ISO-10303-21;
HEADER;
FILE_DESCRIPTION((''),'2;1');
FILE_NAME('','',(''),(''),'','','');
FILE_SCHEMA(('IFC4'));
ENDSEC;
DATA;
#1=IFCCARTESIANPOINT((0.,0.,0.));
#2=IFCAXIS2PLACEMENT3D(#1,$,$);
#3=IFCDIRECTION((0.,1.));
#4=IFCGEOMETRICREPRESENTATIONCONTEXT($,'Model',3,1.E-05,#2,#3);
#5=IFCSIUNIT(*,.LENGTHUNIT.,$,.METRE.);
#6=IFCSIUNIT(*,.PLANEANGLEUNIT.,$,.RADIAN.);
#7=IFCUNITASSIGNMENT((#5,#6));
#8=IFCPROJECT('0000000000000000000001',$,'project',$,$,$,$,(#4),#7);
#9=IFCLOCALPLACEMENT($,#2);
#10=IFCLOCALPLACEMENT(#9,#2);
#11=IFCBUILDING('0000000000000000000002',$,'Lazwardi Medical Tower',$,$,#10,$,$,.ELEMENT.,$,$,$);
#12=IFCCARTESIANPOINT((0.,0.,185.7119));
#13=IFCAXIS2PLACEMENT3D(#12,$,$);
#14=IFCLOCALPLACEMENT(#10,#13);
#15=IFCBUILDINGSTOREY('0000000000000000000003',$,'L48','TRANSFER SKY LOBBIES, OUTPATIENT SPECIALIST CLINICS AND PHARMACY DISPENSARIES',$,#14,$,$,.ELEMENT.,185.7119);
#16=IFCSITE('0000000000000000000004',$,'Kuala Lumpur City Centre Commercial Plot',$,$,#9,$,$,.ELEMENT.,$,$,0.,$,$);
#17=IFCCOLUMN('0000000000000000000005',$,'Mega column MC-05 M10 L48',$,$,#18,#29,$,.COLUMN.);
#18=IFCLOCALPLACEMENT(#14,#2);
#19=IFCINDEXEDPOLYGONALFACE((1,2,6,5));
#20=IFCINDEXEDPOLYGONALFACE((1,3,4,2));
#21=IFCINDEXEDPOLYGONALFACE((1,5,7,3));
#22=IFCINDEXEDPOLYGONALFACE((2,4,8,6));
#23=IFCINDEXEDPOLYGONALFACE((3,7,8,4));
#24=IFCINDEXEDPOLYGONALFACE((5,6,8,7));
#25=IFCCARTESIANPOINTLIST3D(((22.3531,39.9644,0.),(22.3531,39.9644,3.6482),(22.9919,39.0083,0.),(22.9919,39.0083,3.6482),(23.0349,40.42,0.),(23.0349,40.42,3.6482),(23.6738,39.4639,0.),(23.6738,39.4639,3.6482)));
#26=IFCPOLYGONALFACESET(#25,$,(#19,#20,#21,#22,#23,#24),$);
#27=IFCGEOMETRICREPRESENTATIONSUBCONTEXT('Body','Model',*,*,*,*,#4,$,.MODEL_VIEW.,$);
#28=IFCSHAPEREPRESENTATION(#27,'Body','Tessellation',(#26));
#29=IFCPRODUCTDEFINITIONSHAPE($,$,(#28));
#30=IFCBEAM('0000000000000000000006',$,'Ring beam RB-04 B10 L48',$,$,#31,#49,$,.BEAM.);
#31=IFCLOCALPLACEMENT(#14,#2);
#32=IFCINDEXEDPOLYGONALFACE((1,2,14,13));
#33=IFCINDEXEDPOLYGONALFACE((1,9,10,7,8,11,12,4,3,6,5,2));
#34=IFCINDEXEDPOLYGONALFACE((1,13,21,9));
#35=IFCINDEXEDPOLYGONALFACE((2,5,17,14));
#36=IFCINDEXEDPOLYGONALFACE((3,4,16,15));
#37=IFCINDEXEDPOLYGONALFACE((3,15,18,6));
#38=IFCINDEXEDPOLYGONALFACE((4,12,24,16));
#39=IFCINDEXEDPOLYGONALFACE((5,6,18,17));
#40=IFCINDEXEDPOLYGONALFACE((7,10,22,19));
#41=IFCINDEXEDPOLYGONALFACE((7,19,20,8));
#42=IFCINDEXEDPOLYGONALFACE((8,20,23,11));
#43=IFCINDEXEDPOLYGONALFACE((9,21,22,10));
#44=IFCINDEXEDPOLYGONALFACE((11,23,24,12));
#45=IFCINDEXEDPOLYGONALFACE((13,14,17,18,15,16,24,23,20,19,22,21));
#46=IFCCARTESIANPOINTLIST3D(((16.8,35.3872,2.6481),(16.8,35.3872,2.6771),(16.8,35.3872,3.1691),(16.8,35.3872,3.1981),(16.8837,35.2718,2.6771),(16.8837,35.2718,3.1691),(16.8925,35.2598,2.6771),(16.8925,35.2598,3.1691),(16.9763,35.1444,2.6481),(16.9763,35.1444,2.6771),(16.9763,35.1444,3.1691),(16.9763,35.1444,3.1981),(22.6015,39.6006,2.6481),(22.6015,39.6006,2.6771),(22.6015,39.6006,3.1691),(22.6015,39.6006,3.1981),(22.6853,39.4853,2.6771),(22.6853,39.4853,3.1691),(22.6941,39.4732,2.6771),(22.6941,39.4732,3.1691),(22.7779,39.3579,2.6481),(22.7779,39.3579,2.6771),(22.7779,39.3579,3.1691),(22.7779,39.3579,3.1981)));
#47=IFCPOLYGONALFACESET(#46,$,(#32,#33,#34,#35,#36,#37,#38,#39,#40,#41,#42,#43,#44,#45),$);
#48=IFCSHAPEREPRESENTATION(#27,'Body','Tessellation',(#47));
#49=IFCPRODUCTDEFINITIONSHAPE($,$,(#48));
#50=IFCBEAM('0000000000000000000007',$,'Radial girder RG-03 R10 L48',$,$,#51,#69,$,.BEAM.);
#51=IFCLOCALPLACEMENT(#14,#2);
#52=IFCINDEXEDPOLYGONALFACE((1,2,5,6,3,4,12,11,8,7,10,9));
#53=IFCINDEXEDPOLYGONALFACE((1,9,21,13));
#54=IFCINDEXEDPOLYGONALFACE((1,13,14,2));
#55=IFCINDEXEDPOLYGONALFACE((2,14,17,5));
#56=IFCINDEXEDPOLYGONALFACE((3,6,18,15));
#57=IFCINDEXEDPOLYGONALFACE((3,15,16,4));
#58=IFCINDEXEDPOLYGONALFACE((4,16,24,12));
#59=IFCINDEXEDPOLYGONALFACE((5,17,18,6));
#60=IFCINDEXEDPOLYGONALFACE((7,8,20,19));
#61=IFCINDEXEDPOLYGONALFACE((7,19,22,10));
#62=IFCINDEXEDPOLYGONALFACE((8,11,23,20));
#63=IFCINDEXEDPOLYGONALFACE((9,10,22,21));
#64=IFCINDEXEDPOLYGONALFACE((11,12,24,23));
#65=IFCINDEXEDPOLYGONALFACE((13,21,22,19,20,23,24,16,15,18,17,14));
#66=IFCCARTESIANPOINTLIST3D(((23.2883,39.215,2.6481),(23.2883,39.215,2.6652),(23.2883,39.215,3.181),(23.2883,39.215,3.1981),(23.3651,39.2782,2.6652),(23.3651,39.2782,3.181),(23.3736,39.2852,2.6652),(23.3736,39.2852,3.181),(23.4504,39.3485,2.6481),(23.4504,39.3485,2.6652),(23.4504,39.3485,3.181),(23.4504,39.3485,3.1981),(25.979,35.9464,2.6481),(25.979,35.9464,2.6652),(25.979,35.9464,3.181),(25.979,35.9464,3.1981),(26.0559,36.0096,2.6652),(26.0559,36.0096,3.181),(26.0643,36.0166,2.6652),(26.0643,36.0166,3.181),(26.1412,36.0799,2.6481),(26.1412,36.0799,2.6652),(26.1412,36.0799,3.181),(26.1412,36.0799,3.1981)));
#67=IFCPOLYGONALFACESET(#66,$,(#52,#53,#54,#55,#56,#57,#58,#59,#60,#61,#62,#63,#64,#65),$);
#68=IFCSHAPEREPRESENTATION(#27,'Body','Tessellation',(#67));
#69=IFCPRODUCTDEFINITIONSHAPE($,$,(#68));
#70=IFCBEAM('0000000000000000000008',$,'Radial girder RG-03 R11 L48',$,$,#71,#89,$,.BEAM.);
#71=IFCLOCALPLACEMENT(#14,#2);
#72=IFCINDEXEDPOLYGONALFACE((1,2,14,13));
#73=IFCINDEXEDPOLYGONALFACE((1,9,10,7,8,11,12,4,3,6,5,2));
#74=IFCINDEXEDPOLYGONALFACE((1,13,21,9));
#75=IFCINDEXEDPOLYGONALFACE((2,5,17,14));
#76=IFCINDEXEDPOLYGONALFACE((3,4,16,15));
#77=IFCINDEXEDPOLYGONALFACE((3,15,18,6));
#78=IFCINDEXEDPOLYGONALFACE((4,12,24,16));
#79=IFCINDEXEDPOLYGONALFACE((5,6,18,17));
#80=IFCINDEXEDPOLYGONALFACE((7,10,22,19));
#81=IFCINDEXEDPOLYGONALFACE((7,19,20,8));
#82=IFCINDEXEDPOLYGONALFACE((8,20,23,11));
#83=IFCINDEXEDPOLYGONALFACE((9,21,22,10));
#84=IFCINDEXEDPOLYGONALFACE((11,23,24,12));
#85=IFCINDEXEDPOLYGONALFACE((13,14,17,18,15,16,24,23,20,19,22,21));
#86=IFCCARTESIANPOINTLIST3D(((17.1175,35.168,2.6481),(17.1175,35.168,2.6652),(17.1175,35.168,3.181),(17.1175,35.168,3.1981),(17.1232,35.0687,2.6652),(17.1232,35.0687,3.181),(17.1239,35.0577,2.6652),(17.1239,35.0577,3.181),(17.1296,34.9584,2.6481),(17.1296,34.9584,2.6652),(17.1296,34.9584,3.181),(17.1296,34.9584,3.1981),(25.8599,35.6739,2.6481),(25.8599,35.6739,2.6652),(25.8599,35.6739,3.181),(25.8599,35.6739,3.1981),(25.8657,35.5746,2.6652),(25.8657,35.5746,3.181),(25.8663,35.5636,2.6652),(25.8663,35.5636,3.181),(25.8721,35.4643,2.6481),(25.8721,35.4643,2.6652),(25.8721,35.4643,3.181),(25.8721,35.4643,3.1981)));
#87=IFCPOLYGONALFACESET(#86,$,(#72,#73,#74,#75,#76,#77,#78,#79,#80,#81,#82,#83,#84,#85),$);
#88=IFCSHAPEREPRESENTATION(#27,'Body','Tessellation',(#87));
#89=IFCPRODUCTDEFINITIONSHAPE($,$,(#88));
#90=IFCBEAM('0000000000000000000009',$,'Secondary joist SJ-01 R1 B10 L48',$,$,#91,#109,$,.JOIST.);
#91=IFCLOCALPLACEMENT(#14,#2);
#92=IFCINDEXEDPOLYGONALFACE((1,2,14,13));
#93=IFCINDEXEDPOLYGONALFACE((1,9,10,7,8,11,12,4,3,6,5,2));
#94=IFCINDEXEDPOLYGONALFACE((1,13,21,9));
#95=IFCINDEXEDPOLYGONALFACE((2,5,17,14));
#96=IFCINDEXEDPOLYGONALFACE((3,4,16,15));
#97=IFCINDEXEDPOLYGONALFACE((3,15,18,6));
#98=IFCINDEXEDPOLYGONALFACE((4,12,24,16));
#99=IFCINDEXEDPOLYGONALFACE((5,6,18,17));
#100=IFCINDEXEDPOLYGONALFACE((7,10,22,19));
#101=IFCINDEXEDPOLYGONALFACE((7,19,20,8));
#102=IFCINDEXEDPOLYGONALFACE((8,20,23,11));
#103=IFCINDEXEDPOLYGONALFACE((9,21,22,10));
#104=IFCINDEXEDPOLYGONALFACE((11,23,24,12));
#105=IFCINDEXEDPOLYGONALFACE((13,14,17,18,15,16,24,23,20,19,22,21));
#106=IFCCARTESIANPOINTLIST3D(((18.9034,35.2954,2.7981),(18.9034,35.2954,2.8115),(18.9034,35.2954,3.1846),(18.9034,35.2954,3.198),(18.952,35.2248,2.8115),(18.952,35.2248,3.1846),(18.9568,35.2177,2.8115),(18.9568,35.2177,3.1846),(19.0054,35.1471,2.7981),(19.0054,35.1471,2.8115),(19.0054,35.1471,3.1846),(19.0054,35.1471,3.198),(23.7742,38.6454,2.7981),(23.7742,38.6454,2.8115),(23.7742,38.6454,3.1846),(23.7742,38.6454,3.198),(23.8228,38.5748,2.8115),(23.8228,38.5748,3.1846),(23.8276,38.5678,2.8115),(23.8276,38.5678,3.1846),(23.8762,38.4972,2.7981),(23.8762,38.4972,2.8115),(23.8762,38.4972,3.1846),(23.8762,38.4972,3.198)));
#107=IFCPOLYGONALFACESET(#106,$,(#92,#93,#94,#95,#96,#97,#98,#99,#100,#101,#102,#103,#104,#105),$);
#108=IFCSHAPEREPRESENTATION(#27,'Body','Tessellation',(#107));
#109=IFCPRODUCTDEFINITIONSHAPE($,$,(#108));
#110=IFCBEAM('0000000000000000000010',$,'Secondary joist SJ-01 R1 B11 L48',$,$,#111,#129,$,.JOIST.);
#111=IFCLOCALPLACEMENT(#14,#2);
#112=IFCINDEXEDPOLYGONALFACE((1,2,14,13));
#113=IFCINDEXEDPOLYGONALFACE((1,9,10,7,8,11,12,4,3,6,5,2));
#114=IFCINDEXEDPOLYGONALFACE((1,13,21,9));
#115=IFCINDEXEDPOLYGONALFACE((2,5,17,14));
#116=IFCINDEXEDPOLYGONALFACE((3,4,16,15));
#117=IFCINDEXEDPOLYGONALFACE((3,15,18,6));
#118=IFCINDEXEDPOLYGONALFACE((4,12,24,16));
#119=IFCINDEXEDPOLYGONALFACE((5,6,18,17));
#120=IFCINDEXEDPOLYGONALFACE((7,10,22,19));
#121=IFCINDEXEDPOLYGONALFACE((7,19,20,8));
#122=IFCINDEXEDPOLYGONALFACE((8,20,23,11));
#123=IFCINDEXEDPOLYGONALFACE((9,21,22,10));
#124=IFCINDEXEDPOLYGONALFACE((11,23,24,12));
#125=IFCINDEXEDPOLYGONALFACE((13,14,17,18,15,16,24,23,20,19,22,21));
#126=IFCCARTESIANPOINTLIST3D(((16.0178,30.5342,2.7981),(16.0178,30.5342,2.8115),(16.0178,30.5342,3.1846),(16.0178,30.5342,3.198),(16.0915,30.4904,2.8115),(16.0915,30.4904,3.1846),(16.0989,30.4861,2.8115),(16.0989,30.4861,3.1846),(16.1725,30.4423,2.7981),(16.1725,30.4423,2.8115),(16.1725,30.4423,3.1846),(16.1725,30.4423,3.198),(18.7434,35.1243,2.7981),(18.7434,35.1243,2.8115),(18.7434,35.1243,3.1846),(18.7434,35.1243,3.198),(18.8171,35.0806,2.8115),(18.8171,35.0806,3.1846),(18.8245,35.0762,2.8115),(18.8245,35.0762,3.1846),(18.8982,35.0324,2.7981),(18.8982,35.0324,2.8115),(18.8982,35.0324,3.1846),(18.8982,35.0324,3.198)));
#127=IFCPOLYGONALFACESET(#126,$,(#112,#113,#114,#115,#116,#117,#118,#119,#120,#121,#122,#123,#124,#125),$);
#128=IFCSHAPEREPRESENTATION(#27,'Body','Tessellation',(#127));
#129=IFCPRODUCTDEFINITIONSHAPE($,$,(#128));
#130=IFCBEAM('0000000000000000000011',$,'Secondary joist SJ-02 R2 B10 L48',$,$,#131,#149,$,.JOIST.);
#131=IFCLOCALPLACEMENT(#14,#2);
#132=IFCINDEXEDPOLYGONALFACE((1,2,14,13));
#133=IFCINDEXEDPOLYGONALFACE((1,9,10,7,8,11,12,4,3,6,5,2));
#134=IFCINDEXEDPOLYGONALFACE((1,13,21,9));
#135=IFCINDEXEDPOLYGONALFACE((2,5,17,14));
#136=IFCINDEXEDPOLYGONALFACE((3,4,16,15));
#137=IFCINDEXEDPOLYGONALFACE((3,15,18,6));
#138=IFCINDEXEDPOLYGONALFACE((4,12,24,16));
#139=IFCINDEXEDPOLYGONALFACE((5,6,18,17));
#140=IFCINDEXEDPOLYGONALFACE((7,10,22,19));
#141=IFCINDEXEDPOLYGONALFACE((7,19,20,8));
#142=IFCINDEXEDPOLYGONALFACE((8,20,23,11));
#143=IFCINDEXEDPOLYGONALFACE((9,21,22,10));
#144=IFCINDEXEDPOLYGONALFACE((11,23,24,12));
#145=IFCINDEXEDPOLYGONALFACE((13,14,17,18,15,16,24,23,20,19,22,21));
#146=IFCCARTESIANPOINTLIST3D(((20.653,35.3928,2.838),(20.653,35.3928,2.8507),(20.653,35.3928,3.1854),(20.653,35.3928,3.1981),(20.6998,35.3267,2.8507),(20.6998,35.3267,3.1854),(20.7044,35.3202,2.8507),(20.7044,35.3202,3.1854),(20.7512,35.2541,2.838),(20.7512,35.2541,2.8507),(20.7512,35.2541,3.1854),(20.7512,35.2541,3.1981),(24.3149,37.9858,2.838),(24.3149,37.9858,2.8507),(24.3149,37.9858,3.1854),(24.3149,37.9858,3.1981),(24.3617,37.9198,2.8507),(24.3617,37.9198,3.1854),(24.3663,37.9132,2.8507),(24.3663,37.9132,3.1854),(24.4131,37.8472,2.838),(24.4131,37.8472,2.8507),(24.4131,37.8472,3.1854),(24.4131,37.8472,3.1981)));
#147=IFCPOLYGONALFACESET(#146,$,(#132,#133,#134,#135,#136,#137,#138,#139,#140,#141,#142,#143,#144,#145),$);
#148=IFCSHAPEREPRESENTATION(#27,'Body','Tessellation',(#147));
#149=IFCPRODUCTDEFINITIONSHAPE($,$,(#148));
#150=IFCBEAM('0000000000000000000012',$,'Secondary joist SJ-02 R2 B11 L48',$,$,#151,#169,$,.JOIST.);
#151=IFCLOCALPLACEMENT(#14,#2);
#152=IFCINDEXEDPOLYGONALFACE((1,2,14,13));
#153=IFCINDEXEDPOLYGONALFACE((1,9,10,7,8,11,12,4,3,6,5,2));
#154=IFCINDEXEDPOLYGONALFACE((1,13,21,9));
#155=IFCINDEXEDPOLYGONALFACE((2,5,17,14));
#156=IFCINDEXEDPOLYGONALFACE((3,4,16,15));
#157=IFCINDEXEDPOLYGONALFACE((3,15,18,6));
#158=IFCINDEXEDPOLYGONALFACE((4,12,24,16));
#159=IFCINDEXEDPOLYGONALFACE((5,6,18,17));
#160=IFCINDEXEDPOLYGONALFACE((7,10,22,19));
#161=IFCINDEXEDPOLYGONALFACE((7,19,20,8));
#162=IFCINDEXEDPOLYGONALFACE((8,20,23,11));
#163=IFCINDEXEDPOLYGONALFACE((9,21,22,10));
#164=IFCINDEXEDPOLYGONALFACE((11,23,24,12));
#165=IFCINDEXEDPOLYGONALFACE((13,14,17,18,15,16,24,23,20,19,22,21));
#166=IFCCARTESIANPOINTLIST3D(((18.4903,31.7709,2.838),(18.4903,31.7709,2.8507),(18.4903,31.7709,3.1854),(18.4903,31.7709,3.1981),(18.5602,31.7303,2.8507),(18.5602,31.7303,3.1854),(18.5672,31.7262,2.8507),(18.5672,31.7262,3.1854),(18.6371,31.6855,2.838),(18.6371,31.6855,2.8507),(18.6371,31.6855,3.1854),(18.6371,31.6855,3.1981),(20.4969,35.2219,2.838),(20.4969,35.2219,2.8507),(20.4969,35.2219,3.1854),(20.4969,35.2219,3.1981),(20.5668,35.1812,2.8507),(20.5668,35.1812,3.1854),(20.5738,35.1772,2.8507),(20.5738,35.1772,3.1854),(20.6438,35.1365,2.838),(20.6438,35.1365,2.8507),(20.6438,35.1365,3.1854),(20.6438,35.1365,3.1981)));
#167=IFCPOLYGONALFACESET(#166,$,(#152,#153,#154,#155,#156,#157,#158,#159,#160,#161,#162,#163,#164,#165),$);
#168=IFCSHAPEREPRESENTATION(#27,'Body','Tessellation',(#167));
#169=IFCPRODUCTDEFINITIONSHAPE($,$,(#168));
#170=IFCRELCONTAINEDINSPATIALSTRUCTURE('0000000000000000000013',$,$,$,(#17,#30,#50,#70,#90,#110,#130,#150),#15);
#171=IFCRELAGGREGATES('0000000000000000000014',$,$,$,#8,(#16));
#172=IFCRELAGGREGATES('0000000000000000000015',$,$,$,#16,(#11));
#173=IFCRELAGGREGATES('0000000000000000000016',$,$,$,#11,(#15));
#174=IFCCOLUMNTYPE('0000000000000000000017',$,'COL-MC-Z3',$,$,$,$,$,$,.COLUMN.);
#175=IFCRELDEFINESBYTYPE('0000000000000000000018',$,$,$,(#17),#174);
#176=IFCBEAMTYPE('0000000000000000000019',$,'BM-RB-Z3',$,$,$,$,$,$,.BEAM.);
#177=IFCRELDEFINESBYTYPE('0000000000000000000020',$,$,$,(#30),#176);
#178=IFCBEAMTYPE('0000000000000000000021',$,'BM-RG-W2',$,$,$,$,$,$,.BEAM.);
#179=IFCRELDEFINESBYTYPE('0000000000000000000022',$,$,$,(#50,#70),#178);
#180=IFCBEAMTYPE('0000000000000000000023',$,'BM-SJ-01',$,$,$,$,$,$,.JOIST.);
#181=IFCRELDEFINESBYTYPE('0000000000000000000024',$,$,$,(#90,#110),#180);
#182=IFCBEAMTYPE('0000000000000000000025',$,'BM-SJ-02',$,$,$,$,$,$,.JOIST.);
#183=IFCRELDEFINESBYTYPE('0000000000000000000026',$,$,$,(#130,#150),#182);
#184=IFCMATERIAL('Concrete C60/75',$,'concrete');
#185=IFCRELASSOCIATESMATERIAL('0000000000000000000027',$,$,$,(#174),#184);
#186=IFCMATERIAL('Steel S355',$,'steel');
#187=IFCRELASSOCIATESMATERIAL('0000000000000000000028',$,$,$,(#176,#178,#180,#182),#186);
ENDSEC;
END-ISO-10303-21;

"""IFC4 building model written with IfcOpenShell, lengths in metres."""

from ifc_helpers import new_model, si_unit, direction, frame, origin, origin_2d, place, context, subcontext, project, spatial, rectangle, i_section, extrude, material, material_profile, profile_set, type_object, element, save


model = new_model("IFC4")

# Units and contexts
model_context = context("Model", 3, precision=1e-05, world=origin(), true_north=direction((0.0, 1.0)))
body_context = subcontext(model_context, "Body", "Model", "MODEL_VIEW")
ifc_project = project(units=[si_unit("LENGTHUNIT", "METRE"), si_unit("PLANEANGLEUNIT", "RADIAN")], contexts=[model_context])

# Site, building, storey
site_placement = place(None, origin())
site = spatial("IfcSite", under=ifc_project, at=site_placement, Name="Kuala Lumpur City Centre Commercial Plot", CompositionType="ELEMENT", RefElevation=0.0)
building_placement = place(site_placement, origin())
building = spatial("IfcBuilding", under=site, at=building_placement, Name="Lazwardi Medical Tower", CompositionType="ELEMENT")
storey_placement = place(building_placement, frame((0.0, 0.0, 185.7119)))
storey = spatial("IfcBuildingStorey", under=building, at=storey_placement, Name="L48", Description="TRANSFER SKY LOBBIES, OUTPATIENT SPECIALIST CLINICS AND PHARMACY DISPENSARIES", CompositionType="ELEMENT", Elevation=185.7119)

# Column
ifc_material_1 = material(Name="Concrete C60/75", Category="concrete")
ifc_material_profile_1 = material_profile(ifc_material_1, rectangle(XDim=1.1499, YDim=0.8201, at=origin_2d()), Name="CFT-RECT 1150x820")
ifc_profile_set_1 = profile_set([ifc_material_profile_1], Name="Concrete C60/75")
column_type = type_object("IfcColumnType", Name="COL-MC-Z3", PredefinedType="COLUMN", material=ifc_profile_set_1)
column_placement = place(storey_placement, frame((23.0134, 39.7141, 0.0), z_axis=(0.0, 0.0, 1.0), x_axis=(-0.55557, 0.83147, 0.0)))
element("IfcColumn", 1, at=column_placement, inside=storey, type_object=column_type, Name="Mega column MC-05 M10 L48", PredefinedType="COLUMN", context=body_context, shape_type="SweptSolid", body=[
    extrude(rectangle(XDim=1.1499, YDim=0.8201, at=origin_2d()), origin(), (0.0, 0.0, 1.0), 3.6482),
])

# Beams
ifc_material_2 = material(Name="Steel S355", Category="steel")
ifc_material_profile_2 = material_profile(ifc_material_2, i_section(OverallWidth=0.3, OverallDepth=0.55, WebThickness=0.0149, FlangeThickness=0.0291, at=origin_2d()), Name="HEB 550")
ifc_profile_set_2 = profile_set([ifc_material_profile_2], Name="Steel S355")
beam_type_1 = type_object("IfcBeamType", Name="BM-RB-Z3", PredefinedType="BEAM", material=ifc_profile_set_2)
beam_1_placement = place(storey_placement, frame((22.6897, 39.4792, 2.9231), z_axis=(-0.809128, -0.587633, 0.0), x_axis=(0.587633, -0.809128, 0.0)))
element("IfcBeam", 2, at=beam_1_placement, inside=storey, type_object=beam_type_1, Name="Ring beam RB-04 B10 L48", PredefinedType="BEAM", context=body_context, shape_type="SweptSolid", body=[
    extrude(i_section(OverallWidth=0.3, OverallDepth=0.55, WebThickness=0.0149, FlangeThickness=0.0291, at=origin_2d()), origin(), (0.0, 0.0, 1.0), 7.1702),
])
ifc_material_profile_3 = material_profile(ifc_material_2, i_section(OverallWidth=0.21, OverallDepth=0.55, WebThickness=0.011, FlangeThickness=0.0171, at=origin_2d()), Name="IPE 550")
ifc_profile_set_3 = profile_set([ifc_material_profile_3], Name="Steel S355")
beam_type_2 = type_object("IfcBeamType", Name="BM-RG-W2", PredefinedType="BEAM", material=ifc_profile_set_3)
beam_2_placement = place(storey_placement, frame((23.3694, 39.2817, 2.9231), z_axis=(0.635556, -0.772055, 0.0), x_axis=(0.772055, 0.635556, 0.0)))
element("IfcBeam", 3, at=beam_2_placement, inside=storey, type_object=beam_type_2, Name="Radial girder RG-03 R10 L48", PredefinedType="BEAM", context=body_context, shape_type="SweptSolid", body=[
    extrude(i_section(OverallWidth=0.21, OverallDepth=0.55, WebThickness=0.011, FlangeThickness=0.0171, at=origin_2d()), origin(), (0.0, 0.0, 1.0), 4.2336),
])
beam_3_placement = place(storey_placement, frame((17.1235, 35.0632, 2.9231), z_axis=(0.99833, 0.057766, 0.0), x_axis=(-0.057766, 0.99833, 0.0)))
element("IfcBeam", 4, at=beam_3_placement, inside=storey, type_object=beam_type_2, Name="Radial girder RG-03 R11 L48", PredefinedType="BEAM", context=body_context, shape_type="SweptSolid", body=[
    extrude(i_section(OverallWidth=0.21, OverallDepth=0.55, WebThickness=0.011, FlangeThickness=0.0171, at=origin_2d()), origin(), (0.0, 0.0, 1.0), 8.7571),
])
ifc_material_profile_4 = material_profile(ifc_material_2, i_section(OverallWidth=0.1799, OverallDepth=0.3999, WebThickness=0.0085, FlangeThickness=0.0134, at=origin_2d()), Name="IPE 400")
ifc_profile_set_4 = profile_set([ifc_material_profile_4], Name="Steel S355")
beam_type_3 = type_object("IfcBeamType", Name="BM-SJ-01", PredefinedType="JOIST", material=ifc_profile_set_4)
beam_4_placement = place(storey_placement, frame((23.8252, 38.5713, 2.998), z_axis=(-0.823932, -0.566688, 0.0), x_axis=(0.566688, -0.823932, 0.0)))
element("IfcBeam", 5, at=beam_4_placement, inside=storey, type_object=beam_type_3, Name="Secondary joist SJ-01 R1 B10 L48", PredefinedType="JOIST", context=body_context, shape_type="SweptSolid", body=[
    extrude(i_section(OverallWidth=0.1799, OverallDepth=0.3999, WebThickness=0.0085, FlangeThickness=0.0134, at=origin_2d()), origin(), (0.0, 0.0, 1.0), 5.9116),
])
beam_5_placement = place(storey_placement, frame((18.8208, 35.0784, 2.998), z_axis=(-0.510569, -0.859837, 0.0), x_axis=(0.859837, -0.510569, 0.0)))
element("IfcBeam", 6, at=beam_5_placement, inside=storey, type_object=beam_type_3, Name="Secondary joist SJ-01 R1 B11 L48", PredefinedType="JOIST", context=body_context, shape_type="SweptSolid", body=[
    extrude(i_section(OverallWidth=0.1799, OverallDepth=0.3999, WebThickness=0.0085, FlangeThickness=0.0134, at=origin_2d()), origin(), (0.0, 0.0, 1.0), 5.3384),
])
ifc_material_profile_5 = material_profile(ifc_material_2, i_section(OverallWidth=0.1699, OverallDepth=0.3601, WebThickness=0.0081, FlangeThickness=0.0127, at=origin_2d()), Name="IPE 360")
ifc_profile_set_5 = profile_set([ifc_material_profile_5], Name="Steel S355")
beam_type_4 = type_object("IfcBeamType", Name="BM-SJ-02", PredefinedType="JOIST", material=ifc_profile_set_5)
beam_6_placement = place(storey_placement, frame((24.364, 37.9165, 3.0181), z_axis=(-0.816109, -0.577898, 0.0), x_axis=(0.577898, -0.816109, 0.0)))
element("IfcBeam", 7, at=beam_6_placement, inside=storey, type_object=beam_type_4, Name="Secondary joist SJ-02 R2 B10 L48", PredefinedType="JOIST", context=body_context, shape_type="SweptSolid", body=[
    extrude(i_section(OverallWidth=0.1699, OverallDepth=0.3601, WebThickness=0.0081, FlangeThickness=0.0127, at=origin_2d()), origin(), (0.0, 0.0, 1.0), 4.4871),
])
beam_7_placement = place(storey_placement, frame((20.5703, 35.1792, 3.0181), z_axis=(-0.502665, -0.864481, 0.0), x_axis=(0.864481, -0.502665, 0.0)))
element("IfcBeam", 8, at=beam_7_placement, inside=storey, type_object=beam_type_4, Name="Secondary joist SJ-02 R2 B11 L48", PredefinedType="JOIST", context=body_context, shape_type="SweptSolid", body=[
    extrude(i_section(OverallWidth=0.1699, OverallDepth=0.3601, WebThickness=0.0081, FlangeThickness=0.0127, at=origin_2d()), origin(), (0.0, 0.0, 1.0), 3.9919),
])

save(model, "model.ifc")
